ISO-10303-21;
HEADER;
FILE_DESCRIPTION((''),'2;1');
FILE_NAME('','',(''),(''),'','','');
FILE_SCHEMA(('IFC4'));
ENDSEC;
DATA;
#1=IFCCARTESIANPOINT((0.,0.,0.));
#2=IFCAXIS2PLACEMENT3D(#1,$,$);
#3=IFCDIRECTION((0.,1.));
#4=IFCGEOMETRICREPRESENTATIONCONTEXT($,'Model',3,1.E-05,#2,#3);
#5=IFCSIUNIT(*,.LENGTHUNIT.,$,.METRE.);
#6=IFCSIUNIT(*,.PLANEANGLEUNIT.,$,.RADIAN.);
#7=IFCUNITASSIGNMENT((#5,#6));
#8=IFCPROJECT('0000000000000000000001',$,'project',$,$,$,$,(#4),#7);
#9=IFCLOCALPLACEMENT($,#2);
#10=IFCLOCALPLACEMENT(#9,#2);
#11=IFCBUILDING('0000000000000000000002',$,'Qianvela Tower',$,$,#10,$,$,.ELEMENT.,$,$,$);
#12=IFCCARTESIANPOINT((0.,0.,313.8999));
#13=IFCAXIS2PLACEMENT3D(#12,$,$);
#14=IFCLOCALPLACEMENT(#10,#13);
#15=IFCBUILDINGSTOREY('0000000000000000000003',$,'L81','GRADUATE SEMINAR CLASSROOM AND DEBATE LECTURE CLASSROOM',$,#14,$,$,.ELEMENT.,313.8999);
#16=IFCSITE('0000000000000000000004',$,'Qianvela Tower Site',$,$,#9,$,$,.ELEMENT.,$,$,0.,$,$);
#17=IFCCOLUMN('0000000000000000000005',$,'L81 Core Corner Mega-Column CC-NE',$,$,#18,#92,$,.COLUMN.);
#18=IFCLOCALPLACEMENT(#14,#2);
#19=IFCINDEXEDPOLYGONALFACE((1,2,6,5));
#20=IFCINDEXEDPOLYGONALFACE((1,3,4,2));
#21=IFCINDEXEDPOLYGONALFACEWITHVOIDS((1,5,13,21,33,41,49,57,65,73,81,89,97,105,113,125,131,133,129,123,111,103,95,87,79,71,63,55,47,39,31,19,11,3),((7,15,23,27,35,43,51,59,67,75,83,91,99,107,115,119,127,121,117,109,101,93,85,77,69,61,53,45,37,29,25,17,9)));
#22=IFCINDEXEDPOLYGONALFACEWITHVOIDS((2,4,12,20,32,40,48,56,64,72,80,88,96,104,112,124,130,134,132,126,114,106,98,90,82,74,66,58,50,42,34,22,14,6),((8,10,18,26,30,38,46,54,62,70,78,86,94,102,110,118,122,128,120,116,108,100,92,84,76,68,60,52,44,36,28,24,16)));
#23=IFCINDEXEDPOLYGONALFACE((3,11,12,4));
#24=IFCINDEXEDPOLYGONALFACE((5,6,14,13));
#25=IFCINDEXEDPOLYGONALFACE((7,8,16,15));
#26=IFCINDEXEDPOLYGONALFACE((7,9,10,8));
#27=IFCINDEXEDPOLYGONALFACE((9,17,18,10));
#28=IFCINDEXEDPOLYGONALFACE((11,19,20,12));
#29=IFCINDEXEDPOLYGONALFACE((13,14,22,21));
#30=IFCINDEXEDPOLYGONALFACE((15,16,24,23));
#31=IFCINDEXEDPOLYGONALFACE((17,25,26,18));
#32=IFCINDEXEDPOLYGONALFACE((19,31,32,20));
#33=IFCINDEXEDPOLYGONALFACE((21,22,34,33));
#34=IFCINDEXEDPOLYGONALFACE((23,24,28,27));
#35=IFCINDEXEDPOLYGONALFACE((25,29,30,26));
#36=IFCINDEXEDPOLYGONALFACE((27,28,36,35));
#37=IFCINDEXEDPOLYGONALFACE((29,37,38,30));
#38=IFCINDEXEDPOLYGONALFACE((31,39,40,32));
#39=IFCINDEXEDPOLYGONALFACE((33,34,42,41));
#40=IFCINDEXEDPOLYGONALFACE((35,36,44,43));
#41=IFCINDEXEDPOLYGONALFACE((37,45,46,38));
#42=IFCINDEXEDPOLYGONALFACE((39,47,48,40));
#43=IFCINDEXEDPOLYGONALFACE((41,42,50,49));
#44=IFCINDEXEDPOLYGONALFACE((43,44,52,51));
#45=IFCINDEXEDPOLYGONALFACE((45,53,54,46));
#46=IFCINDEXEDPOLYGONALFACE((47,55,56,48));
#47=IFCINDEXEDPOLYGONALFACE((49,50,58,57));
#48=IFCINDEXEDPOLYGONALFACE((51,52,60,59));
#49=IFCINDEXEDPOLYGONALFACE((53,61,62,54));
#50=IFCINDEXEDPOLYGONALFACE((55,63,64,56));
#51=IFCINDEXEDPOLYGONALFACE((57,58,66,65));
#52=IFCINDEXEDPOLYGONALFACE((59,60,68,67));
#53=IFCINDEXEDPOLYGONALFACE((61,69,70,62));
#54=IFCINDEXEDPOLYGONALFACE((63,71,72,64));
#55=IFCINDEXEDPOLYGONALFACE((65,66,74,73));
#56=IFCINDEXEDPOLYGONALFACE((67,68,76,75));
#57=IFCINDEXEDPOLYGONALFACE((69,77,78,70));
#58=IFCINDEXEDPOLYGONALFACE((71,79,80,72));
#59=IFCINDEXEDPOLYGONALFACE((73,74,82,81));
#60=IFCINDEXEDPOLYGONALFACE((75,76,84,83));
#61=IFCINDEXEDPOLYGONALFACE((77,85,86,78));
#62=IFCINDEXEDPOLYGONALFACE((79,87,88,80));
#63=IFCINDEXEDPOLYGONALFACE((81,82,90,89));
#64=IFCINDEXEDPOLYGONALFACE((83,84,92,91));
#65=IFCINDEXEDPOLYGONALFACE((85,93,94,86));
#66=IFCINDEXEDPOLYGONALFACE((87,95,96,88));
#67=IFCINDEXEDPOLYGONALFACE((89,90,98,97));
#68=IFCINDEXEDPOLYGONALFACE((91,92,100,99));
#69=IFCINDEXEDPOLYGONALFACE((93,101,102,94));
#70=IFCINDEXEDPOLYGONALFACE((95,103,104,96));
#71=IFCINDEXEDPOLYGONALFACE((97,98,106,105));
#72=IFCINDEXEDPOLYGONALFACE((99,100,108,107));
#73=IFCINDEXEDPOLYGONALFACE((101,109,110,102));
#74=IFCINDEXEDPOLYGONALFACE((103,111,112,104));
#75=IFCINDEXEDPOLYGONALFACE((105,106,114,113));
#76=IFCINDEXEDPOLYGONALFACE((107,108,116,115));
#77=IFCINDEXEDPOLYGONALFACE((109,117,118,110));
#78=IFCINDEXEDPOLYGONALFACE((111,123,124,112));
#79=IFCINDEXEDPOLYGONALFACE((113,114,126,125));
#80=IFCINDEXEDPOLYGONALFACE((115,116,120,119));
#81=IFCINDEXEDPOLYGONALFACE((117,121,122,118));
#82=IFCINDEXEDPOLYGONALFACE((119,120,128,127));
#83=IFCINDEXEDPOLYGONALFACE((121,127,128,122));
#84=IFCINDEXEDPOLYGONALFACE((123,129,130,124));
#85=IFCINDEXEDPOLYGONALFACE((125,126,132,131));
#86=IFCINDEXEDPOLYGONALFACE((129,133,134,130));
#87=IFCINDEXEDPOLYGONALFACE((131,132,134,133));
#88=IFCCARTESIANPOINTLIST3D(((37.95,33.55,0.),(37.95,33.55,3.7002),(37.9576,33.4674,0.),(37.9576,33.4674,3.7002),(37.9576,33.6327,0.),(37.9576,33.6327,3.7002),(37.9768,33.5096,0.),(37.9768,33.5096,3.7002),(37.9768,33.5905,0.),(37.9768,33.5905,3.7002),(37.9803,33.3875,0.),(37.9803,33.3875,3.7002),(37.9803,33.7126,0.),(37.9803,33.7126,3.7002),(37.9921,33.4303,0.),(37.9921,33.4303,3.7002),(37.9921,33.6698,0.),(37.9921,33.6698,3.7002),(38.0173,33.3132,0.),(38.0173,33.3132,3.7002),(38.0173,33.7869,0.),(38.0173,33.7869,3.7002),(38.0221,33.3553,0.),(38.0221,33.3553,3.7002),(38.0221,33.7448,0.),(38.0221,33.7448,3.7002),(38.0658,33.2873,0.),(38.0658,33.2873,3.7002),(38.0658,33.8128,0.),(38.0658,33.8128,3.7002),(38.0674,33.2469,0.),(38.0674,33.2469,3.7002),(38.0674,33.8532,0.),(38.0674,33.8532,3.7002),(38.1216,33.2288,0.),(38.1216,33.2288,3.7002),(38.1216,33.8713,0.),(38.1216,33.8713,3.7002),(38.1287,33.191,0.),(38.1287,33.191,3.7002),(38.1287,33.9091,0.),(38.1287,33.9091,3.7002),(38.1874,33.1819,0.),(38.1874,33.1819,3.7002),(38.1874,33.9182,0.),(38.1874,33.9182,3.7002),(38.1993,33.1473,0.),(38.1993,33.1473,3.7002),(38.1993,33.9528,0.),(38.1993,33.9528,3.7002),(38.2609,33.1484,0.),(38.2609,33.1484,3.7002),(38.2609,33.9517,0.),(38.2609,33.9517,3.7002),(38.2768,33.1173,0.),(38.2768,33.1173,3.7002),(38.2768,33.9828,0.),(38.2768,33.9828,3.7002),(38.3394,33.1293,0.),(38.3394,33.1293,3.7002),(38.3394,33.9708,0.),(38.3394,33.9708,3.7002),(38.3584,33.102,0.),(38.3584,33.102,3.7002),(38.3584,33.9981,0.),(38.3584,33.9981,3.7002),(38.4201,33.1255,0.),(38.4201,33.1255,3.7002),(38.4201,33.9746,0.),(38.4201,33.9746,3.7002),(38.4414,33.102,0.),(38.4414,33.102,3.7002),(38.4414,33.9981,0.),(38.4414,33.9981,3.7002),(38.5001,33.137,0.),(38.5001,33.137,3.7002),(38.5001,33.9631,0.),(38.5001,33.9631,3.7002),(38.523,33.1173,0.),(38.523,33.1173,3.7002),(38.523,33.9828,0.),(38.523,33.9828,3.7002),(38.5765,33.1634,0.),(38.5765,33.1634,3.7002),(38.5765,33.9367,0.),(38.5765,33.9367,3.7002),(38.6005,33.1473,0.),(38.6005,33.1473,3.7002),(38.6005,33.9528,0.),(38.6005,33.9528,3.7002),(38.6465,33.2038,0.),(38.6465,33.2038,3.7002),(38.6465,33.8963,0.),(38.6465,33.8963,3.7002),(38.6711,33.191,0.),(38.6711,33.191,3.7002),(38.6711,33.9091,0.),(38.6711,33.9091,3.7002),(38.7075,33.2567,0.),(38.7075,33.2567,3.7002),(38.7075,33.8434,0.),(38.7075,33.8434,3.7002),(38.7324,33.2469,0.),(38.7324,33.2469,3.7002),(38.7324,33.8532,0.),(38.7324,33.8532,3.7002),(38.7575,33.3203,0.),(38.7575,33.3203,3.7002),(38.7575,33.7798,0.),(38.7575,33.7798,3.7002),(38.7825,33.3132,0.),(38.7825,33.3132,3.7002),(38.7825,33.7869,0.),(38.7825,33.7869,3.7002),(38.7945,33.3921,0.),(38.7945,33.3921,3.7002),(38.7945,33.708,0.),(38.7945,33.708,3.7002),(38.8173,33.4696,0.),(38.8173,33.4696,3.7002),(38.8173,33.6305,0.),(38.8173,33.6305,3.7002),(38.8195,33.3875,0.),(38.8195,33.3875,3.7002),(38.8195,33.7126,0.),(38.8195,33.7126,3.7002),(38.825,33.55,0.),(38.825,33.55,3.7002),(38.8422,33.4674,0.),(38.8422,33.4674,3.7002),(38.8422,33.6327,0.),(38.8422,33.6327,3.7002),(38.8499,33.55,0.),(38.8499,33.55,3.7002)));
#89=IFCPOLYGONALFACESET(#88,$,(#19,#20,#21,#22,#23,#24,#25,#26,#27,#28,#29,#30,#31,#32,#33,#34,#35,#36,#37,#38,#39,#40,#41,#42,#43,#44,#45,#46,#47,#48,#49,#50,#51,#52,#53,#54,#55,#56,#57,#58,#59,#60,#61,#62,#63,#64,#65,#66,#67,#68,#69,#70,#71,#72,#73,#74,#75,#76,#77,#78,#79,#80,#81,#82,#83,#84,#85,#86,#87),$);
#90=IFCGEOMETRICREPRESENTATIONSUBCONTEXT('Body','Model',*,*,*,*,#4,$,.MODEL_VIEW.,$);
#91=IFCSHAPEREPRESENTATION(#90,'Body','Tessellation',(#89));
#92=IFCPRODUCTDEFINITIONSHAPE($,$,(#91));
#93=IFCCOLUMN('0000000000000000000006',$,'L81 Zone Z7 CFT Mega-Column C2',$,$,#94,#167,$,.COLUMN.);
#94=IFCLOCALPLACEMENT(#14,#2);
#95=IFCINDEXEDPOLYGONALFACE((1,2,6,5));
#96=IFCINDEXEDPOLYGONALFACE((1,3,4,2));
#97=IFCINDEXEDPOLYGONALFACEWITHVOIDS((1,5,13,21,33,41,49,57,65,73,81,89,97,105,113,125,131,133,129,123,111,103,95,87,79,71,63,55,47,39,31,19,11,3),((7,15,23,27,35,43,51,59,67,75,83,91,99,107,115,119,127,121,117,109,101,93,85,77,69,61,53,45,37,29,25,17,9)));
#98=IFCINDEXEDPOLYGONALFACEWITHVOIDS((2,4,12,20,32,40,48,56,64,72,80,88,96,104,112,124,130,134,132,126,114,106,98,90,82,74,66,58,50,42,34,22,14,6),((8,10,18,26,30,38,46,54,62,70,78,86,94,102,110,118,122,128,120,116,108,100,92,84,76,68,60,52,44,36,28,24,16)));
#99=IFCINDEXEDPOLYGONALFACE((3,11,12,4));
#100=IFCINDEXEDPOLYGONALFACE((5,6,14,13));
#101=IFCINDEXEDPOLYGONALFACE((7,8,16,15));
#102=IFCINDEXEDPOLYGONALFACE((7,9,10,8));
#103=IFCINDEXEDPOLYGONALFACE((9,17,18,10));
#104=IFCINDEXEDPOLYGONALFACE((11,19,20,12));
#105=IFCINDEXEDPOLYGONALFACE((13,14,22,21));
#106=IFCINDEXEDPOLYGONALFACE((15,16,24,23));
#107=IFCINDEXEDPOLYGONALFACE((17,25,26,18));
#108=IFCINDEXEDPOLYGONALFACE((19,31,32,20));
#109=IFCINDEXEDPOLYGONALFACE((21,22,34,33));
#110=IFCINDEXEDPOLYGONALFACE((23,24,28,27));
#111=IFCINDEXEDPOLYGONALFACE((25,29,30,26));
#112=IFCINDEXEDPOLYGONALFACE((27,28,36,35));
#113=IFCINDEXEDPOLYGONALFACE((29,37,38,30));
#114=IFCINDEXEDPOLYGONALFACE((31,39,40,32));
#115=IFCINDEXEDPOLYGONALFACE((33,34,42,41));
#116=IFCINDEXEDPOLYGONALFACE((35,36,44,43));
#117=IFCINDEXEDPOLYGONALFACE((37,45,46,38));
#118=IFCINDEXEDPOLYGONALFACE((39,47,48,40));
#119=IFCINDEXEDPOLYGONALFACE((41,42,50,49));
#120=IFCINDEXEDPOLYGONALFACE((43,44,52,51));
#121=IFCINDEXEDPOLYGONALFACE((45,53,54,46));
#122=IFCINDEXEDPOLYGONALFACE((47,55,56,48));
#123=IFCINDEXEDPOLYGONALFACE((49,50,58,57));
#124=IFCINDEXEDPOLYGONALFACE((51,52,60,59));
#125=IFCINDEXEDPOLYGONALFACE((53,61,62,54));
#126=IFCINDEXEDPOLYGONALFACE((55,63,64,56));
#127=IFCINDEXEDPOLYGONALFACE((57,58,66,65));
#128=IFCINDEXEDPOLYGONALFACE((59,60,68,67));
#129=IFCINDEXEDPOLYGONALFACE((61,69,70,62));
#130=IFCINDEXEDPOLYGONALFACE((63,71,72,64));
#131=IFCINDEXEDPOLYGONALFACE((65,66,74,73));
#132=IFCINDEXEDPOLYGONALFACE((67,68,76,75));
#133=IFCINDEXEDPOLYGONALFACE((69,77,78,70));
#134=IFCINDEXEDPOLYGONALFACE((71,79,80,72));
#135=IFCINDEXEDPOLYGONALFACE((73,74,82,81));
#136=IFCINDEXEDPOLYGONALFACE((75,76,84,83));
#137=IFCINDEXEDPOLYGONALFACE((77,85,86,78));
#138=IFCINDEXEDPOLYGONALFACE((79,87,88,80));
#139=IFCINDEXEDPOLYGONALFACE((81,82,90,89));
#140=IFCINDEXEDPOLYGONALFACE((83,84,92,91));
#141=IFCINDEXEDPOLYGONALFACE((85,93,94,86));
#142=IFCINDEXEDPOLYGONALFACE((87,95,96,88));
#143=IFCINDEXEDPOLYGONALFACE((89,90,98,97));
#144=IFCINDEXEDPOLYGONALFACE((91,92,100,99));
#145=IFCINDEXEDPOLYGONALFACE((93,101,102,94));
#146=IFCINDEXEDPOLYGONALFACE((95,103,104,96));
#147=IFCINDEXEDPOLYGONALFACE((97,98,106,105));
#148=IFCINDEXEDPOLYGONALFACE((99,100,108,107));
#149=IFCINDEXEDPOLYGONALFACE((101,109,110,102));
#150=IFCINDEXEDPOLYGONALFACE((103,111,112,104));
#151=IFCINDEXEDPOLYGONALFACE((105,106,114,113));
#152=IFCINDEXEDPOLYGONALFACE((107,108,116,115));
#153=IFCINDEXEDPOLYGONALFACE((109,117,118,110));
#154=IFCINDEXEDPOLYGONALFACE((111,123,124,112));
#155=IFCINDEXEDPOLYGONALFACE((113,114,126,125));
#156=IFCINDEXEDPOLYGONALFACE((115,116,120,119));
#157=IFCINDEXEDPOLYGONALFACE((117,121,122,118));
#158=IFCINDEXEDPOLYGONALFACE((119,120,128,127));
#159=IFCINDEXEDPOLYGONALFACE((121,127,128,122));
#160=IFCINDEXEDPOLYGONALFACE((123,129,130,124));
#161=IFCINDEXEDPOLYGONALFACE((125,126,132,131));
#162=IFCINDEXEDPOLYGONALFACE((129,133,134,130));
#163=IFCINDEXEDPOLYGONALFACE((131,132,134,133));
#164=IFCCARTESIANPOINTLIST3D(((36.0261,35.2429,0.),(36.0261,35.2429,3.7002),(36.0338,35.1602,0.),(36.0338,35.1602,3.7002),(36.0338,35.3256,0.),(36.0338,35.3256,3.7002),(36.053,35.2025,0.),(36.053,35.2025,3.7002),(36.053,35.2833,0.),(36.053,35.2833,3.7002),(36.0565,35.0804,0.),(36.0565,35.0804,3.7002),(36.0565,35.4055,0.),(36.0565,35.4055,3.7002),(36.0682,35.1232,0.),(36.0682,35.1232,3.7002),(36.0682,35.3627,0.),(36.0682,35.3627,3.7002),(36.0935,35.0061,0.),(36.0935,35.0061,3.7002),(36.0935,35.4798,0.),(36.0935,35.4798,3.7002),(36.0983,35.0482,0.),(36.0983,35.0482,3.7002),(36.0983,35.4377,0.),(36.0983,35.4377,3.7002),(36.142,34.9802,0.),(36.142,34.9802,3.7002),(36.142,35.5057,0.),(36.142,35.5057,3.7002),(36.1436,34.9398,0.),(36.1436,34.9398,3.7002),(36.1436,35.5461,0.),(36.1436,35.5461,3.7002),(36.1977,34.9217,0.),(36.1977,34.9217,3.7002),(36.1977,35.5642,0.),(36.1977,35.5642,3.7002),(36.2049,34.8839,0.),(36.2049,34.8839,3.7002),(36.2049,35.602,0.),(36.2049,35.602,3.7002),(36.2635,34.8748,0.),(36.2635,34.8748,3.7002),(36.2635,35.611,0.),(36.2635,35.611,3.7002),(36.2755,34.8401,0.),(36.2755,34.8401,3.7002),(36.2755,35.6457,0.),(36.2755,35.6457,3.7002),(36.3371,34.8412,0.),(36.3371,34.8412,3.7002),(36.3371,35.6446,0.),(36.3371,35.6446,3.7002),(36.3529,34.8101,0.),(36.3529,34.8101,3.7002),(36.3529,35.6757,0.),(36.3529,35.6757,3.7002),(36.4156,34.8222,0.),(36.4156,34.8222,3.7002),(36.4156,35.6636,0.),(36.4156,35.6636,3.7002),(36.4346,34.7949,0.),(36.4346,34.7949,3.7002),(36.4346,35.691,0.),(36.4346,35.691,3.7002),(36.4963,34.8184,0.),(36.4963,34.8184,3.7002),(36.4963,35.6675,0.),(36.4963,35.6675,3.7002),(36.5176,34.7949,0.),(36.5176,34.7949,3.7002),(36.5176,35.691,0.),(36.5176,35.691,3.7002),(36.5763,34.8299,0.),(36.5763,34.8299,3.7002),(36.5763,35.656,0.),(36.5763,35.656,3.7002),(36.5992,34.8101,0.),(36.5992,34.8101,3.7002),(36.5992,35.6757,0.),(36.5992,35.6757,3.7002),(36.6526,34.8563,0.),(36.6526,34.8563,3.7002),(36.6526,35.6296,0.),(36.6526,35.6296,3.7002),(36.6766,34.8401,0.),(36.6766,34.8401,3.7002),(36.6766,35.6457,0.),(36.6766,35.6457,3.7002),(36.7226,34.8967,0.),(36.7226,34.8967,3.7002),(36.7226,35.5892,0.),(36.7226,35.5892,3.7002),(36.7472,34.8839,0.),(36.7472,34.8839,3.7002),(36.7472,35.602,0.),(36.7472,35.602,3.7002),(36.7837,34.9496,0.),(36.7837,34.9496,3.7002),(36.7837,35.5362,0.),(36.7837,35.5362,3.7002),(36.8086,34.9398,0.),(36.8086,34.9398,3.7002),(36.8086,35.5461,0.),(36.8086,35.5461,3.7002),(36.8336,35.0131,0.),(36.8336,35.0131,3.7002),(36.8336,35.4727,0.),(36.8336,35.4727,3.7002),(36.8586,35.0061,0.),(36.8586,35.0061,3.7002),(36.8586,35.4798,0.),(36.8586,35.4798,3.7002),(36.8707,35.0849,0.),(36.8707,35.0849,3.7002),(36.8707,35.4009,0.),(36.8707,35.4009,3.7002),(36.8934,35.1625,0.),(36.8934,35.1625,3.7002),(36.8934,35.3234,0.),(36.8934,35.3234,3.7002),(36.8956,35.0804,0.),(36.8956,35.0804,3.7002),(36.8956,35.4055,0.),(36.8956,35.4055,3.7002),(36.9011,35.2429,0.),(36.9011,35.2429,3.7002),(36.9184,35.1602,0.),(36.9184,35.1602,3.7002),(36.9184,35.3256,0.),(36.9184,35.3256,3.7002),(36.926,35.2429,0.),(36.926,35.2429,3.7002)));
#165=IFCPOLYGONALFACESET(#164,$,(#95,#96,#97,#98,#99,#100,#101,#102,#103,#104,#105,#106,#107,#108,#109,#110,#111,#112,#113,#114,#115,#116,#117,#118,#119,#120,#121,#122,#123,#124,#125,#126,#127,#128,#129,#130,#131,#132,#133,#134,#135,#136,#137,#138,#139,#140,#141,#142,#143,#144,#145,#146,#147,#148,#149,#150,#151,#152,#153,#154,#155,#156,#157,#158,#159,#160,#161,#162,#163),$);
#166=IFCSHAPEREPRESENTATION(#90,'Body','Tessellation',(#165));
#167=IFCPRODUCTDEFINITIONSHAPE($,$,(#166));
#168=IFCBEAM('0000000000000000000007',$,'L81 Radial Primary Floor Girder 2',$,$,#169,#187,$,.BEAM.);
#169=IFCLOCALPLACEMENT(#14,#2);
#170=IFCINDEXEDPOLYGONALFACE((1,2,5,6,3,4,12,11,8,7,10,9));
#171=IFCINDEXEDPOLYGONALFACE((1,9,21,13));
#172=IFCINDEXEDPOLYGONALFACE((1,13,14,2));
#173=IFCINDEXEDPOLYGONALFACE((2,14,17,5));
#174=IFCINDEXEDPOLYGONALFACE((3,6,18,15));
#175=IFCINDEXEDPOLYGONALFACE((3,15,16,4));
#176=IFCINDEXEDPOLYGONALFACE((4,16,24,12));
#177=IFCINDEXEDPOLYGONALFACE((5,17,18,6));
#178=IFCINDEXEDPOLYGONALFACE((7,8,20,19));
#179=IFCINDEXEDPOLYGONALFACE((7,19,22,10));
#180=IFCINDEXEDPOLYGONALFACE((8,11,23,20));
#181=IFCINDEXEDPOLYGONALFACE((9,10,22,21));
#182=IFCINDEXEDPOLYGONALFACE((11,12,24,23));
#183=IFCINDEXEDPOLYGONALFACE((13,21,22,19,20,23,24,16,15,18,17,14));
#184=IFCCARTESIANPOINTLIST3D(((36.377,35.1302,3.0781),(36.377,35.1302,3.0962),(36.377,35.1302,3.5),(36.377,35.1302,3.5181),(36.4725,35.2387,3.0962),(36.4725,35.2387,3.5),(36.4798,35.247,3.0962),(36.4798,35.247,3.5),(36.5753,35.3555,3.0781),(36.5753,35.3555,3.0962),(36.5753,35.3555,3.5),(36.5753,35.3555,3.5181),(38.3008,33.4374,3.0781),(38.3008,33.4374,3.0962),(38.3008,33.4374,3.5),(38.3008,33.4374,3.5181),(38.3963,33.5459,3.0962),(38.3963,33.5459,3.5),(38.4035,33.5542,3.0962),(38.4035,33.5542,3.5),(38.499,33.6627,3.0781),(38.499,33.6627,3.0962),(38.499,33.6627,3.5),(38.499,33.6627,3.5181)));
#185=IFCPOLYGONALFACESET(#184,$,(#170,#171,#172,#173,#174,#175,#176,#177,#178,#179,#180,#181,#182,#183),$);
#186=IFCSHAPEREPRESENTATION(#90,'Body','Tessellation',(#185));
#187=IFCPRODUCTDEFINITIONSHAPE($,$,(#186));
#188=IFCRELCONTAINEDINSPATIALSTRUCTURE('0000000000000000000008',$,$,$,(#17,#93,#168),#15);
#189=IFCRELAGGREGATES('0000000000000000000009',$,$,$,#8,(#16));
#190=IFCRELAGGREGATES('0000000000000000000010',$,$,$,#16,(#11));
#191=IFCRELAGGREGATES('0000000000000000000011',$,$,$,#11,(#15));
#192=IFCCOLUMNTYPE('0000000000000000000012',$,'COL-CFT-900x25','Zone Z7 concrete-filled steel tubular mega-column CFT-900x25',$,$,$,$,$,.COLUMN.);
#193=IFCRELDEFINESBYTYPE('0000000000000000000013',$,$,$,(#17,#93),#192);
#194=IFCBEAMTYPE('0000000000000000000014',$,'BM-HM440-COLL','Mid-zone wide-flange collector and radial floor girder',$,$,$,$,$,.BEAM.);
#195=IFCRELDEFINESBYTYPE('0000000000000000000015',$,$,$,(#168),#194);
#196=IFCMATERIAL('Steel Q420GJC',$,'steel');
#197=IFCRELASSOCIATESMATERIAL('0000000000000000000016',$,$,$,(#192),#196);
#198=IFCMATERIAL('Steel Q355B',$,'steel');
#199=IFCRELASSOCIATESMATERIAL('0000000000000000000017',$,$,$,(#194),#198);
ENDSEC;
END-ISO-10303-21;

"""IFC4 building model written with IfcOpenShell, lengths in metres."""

from ifc_helpers import new_model, si_unit, direction, frame, origin, origin_2d, place, context, subcontext, project, spatial, hollow_circle, i_section, extrude, material, material_profile, profile_set, type_object, element, save


model = new_model("IFC4")

# Units and contexts
model_context = context("Model", 3, precision=1e-05, world=origin(), true_north=direction((0.0, 1.0)))
body_context = subcontext(model_context, "Body", "Model", "MODEL_VIEW")
ifc_project = project(units=[si_unit("LENGTHUNIT", "METRE"), si_unit("PLANEANGLEUNIT", "RADIAN")], contexts=[model_context])

# Site, building, storey
site_placement = place(None, origin())
site = spatial("IfcSite", under=ifc_project, at=site_placement, Name="Qianvela Tower Site", CompositionType="ELEMENT", RefElevation=0.0)
building_placement = place(site_placement, origin())
building = spatial("IfcBuilding", under=site, at=building_placement, Name="Qianvela Tower", CompositionType="ELEMENT")
storey_placement = place(building_placement, frame((0.0, 0.0, 313.8999)))
storey = spatial("IfcBuildingStorey", under=building, at=storey_placement, Name="L81", Description="GRADUATE SEMINAR CLASSROOM AND DEBATE LECTURE CLASSROOM", CompositionType="ELEMENT", Elevation=313.8999)

# Columns
ifc_material_1 = material(Name="Steel Q420GJC", Category="steel")
ifc_material_profile_1 = material_profile(ifc_material_1, hollow_circle(Radius=0.45, WallThickness=0.0249, at=origin_2d()), Name="CFT-900x25")
ifc_profile_set_1 = profile_set([ifc_material_profile_1], Name="Steel Q420GJC")
column_type = type_object("IfcColumnType", Name="COL-CFT-900x25", Description="Zone Z7 concrete-filled steel tubular mega-column CFT-900x25", PredefinedType="COLUMN", material=ifc_profile_set_1)
for number, where, z_axis, x_axis, name in (
    (1, (38.3999, 33.55, 0.0), (0.0, 0.0, 1.0), (1.0, 0.0, 0.0), "L81 Core Corner Mega-Column CC-NE"),
    (2, (36.4761, 35.2429, 0.0), (0.0, 0.0, 1.0), (1.0, 0.0, 0.0), "L81 Zone Z7 CFT Mega-Column C2"),
):
    element("IfcColumn", number, at=place(storey_placement, frame(where, z_axis=z_axis, x_axis=x_axis)), inside=storey, type_object=column_type, Name=name, PredefinedType="COLUMN", context=body_context, shape_type="SweptSolid", body=[
        extrude(hollow_circle(Radius=0.45, WallThickness=0.0249, at=origin_2d()), origin(), (0.0, 0.0, 1.0), 3.7002),
    ])

# Beam
ifc_material_2 = material(Name="Steel Q355B", Category="steel")
ifc_material_profile_2 = material_profile(ifc_material_2, i_section(OverallWidth=0.3, OverallDepth=0.4399, WebThickness=0.011, FlangeThickness=0.0181, at=origin_2d()), Name="HM440x300x11x18")
ifc_profile_set_2 = profile_set([ifc_material_profile_2], Name="Steel Q355B")
beam_type_1 = type_object("IfcBeamType", Name="BM-HM440-COLL", Description="Mid-zone wide-flange collector and radial floor girder", PredefinedType="BEAM", material=ifc_profile_set_2)
beam_1_placement = place(storey_placement, frame((38.3999, 33.55, 3.2981), z_axis=(-0.750732, 0.660606, 0.0), x_axis=(-0.660606, -0.750732, 0.0)))
element("IfcBeam", 3, at=beam_1_placement, inside=storey, type_object=beam_type_1, Name="L81 Radial Primary Floor Girder 2", PredefinedType="BEAM", context=body_context, shape_type="SweptSolid", body=[
    extrude(i_section(OverallWidth=0.3, OverallDepth=0.4399, WebThickness=0.011, FlangeThickness=0.0181, at=origin_2d()), origin(), (0.0, 0.0, 1.0), 2.5625),
])

save(model, "model.ifc")
